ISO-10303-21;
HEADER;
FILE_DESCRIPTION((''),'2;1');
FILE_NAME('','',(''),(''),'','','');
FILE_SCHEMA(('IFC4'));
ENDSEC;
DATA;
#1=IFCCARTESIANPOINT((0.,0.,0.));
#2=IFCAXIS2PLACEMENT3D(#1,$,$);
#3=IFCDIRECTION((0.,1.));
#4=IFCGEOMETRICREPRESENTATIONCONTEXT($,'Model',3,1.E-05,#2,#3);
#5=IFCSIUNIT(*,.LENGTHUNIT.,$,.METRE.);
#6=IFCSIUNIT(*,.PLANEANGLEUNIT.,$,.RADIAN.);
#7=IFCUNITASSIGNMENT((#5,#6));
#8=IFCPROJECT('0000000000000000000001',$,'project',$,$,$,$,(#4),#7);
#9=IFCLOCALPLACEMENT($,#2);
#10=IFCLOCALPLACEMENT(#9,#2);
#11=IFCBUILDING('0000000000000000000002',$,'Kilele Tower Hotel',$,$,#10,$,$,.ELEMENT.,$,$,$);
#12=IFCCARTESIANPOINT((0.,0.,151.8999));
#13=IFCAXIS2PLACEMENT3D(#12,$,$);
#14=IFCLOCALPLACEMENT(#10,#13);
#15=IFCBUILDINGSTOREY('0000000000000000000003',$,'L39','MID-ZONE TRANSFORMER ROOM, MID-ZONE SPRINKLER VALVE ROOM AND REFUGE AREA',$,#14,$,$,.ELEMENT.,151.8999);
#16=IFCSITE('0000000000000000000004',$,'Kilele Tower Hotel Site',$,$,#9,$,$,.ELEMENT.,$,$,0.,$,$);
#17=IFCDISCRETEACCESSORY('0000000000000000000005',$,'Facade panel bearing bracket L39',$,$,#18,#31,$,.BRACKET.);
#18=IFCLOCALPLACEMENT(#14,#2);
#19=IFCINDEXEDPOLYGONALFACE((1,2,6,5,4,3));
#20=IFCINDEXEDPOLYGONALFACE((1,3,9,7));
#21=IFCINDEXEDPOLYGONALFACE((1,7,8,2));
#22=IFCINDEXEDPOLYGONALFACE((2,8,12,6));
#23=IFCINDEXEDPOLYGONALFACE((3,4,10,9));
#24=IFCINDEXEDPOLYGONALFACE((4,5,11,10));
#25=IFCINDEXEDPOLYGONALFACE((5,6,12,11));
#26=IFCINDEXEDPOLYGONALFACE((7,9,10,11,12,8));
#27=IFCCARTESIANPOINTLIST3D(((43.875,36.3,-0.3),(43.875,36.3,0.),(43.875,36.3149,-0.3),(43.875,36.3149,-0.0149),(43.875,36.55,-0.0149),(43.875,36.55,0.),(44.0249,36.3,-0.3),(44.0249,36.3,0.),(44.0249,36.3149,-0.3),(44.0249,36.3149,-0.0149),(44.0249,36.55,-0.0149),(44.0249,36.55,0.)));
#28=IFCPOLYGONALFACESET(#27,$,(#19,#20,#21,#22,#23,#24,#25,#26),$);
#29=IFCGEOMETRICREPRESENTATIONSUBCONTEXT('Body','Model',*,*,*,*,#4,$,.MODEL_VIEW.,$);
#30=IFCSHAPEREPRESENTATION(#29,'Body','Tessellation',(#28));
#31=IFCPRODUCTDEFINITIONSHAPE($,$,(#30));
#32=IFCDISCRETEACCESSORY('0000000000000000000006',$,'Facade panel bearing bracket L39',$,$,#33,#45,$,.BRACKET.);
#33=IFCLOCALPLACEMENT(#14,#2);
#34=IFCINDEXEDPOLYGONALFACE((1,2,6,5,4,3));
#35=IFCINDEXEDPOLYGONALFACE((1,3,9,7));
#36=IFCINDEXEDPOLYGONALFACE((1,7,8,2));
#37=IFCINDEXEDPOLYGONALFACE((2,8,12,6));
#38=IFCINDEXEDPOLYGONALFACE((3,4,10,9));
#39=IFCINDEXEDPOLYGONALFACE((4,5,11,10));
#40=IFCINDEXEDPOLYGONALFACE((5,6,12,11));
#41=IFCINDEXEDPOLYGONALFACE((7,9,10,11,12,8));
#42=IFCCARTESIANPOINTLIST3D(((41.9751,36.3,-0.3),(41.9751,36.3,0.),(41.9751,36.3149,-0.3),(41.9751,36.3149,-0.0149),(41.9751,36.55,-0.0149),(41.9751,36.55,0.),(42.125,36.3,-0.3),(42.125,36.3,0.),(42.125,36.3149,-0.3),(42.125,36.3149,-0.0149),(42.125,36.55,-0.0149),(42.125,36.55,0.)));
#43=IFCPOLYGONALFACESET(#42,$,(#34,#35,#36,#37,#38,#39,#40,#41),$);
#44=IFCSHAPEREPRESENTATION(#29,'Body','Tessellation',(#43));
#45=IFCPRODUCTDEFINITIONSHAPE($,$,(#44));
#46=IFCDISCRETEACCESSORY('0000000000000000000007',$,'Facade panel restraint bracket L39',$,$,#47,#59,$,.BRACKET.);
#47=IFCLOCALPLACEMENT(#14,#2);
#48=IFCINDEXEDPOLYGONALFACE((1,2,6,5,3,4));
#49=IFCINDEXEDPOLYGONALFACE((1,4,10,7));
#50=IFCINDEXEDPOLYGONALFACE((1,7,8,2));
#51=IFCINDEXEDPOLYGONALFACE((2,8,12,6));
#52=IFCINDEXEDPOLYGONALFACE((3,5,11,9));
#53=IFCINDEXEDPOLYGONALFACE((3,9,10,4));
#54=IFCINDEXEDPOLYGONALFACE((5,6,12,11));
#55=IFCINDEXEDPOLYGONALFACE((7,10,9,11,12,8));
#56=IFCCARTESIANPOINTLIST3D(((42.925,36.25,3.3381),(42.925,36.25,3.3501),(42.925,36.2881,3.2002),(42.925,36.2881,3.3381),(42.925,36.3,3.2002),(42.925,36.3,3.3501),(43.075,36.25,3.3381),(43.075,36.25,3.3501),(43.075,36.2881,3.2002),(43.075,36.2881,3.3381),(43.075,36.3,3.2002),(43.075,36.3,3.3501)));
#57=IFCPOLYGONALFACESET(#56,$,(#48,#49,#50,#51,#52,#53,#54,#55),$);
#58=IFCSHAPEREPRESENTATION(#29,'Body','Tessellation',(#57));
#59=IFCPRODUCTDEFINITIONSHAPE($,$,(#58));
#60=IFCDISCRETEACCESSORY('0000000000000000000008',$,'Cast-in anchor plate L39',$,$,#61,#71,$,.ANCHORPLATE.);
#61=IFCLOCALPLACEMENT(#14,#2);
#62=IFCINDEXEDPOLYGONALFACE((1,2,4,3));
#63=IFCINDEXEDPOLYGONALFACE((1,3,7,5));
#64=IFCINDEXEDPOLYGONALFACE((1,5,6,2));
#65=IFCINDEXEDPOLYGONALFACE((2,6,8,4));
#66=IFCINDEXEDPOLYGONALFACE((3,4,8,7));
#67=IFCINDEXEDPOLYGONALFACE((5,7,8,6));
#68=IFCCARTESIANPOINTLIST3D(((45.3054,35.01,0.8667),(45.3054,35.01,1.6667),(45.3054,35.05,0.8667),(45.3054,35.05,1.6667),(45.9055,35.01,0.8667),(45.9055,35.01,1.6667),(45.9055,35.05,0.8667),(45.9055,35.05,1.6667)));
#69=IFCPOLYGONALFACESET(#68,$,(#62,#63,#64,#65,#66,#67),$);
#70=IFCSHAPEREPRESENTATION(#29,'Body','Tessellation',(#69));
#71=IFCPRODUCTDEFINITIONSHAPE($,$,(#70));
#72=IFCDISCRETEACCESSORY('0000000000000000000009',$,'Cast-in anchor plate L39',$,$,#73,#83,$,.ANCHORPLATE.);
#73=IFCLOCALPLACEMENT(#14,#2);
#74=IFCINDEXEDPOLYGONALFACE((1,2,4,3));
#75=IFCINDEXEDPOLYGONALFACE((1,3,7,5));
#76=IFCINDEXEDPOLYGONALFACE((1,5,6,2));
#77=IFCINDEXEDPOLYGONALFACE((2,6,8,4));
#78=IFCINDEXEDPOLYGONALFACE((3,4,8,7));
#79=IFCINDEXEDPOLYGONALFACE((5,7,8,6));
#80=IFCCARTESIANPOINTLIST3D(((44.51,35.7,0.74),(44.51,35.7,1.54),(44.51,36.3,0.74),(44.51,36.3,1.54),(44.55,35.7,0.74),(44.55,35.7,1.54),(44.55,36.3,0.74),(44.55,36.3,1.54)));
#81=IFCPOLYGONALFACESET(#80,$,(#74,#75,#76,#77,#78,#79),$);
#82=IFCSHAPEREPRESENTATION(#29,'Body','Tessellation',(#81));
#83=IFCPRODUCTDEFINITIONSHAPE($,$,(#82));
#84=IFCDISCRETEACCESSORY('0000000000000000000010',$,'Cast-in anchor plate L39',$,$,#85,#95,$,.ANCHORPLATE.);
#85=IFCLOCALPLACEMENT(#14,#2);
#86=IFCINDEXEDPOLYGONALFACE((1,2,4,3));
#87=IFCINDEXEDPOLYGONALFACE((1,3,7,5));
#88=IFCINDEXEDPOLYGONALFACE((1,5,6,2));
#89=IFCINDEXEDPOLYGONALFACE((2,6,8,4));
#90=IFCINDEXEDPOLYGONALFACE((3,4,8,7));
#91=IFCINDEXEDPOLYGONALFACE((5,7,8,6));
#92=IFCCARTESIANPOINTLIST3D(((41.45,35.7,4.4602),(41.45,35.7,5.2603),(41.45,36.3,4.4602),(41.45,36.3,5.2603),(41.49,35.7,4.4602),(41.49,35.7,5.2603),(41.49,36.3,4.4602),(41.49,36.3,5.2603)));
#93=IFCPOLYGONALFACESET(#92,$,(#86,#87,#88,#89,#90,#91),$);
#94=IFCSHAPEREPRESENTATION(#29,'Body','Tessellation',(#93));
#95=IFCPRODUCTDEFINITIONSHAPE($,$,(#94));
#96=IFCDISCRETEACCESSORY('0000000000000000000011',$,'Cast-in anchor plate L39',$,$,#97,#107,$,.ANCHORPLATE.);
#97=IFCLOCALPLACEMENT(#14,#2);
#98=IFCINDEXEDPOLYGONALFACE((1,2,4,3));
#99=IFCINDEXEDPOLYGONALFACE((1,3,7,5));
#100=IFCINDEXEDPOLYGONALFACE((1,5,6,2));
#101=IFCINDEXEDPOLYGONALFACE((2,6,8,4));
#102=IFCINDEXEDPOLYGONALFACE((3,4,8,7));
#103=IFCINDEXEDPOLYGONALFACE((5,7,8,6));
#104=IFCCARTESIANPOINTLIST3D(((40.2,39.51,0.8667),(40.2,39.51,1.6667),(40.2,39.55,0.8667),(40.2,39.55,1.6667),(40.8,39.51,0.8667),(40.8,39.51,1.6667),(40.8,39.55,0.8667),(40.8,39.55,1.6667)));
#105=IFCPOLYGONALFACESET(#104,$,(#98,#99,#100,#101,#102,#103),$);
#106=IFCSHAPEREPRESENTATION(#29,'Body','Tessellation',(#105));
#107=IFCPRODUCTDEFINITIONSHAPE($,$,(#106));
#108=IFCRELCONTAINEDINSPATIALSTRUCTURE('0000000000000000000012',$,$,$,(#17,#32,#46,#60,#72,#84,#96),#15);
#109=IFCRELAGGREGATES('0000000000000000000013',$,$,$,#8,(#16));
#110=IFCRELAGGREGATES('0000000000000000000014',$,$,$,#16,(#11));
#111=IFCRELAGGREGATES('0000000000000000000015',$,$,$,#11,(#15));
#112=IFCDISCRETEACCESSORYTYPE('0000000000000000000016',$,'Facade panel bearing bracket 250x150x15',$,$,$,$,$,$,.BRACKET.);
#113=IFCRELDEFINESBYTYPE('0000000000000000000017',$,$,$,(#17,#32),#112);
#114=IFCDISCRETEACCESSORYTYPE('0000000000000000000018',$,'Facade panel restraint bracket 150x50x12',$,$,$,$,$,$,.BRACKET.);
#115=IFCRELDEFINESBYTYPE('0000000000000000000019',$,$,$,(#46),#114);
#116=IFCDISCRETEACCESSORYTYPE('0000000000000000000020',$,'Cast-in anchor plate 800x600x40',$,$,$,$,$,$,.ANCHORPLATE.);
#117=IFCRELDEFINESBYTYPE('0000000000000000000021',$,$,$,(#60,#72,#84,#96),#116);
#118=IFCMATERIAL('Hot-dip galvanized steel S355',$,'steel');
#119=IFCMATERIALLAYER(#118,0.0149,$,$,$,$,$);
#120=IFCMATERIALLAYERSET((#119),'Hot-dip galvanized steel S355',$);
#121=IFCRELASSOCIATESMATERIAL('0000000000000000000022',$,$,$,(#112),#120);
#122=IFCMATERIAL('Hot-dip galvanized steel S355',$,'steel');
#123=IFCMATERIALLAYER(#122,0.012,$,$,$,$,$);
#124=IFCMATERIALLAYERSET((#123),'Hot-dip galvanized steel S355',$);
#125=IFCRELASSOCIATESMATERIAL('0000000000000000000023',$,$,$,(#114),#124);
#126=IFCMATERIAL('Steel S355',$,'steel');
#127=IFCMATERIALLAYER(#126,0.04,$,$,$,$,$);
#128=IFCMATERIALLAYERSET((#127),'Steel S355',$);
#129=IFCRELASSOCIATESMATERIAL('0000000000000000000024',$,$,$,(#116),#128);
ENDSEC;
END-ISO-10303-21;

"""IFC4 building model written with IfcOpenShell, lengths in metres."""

from ifc_helpers import new_model, si_unit, direction, frame, origin, place, context, subcontext, project, spatial, polyline, outline, extrude, source, transform, mapped, material, layer, layer_set, type_object, element, save


model = new_model("IFC4")

# Units and contexts
model_context = context("Model", 3, precision=1e-05, world=origin(), true_north=direction((0.0, 1.0)))
body_context = subcontext(model_context, "Body", "Model", "MODEL_VIEW")
ifc_project = project(units=[si_unit("LENGTHUNIT", "METRE"), si_unit("PLANEANGLEUNIT", "RADIAN")], contexts=[model_context])

# Site, building, storey
site_placement = place(None, origin())
site = spatial("IfcSite", under=ifc_project, at=site_placement, Name="Kilele Tower Hotel Site", CompositionType="ELEMENT", RefElevation=0.0)
building_placement = place(site_placement, origin())
building = spatial("IfcBuilding", under=site, at=building_placement, Name="Kilele Tower Hotel", CompositionType="ELEMENT")
storey_placement = place(building_placement, frame((0.0, 0.0, 151.8999)))
storey = spatial("IfcBuildingStorey", under=building, at=storey_placement, Name="L39", Description="MID-ZONE TRANSFORMER ROOM, MID-ZONE SPRINKLER VALVE ROOM AND REFUGE AREA", CompositionType="ELEMENT", Elevation=151.8999)

# Discrete accessories
ifc_material_1 = material(Name="Hot-dip galvanized steel S355", Category="steel")
ifc_layer_1 = layer(ifc_material_1, 0.0149)
ifc_layer_set_1 = layer_set([ifc_layer_1], Name="Hot-dip galvanized steel S355")
discrete_accessory_type_1 = type_object("IfcDiscreteAccessoryType", Name="Facade panel bearing bracket 250x150x15", PredefinedType="BRACKET", material=ifc_layer_set_1)
shared_shape_1 = source(origin(), body_context, "Body", "SweptSolid", [
    extrude(outline(polyline([(0.0, 0.0), (0.25, 0.0), (0.25, -0.0149), (0.0149, -0.0149), (0.0149, -0.3), (0.0, -0.3), (0.0, 0.0)])), origin(), (0.0, 0.0, 1.0), 0.1499),
])
for number, where, z_axis, x_axis, name in (
    (1, (43.875, 36.3, 0.0), (1.0, 0.0, 0.0), (0.0, 1.0, 0.0), "Facade panel bearing bracket L39"),
    (2, (41.9751, 36.3, 0.0), (1.0, 0.0, 0.0), (0.0, 1.0, 0.0), "Facade panel bearing bracket L39"),
):
    element("IfcDiscreteAccessory", number, at=place(storey_placement, frame(where, z_axis=z_axis, x_axis=x_axis)), inside=storey, type_object=discrete_accessory_type_1, Name=name, PredefinedType="BRACKET", context=body_context, shape_type="MappedRepresentation", body=[
        mapped(shared_shape_1, transform((0.0, 0.0, 0.0))),
    ])
ifc_material_2 = material(Name="Hot-dip galvanized steel S355", Category="steel")
ifc_layer_2 = layer(ifc_material_2, 0.012)
ifc_layer_set_2 = layer_set([ifc_layer_2], Name="Hot-dip galvanized steel S355")
discrete_accessory_type_2 = type_object("IfcDiscreteAccessoryType", Name="Facade panel restraint bracket 150x50x12", PredefinedType="BRACKET", material=ifc_layer_set_2)
shared_shape_2 = source(origin(), body_context, "Body", "SweptSolid", [
    extrude(outline(polyline([(0.0, 0.0), (0.0, -0.1499), (-0.012, -0.1499), (-0.012, -0.012), (-0.05, -0.012), (-0.05, 0.0), (0.0, 0.0)])), origin(), (0.0, 0.0, 1.0), 0.1499),
])
discrete_accessory_placement = place(storey_placement, frame((42.925, 36.3, 3.3501), z_axis=(1.0, 0.0, 0.0), x_axis=(0.0, 1.0, 0.0)))
element("IfcDiscreteAccessory", 3, at=discrete_accessory_placement, inside=storey, type_object=discrete_accessory_type_2, Name="Facade panel restraint bracket L39", PredefinedType="BRACKET", context=body_context, shape_type="MappedRepresentation", body=[
    mapped(shared_shape_2, transform((0.0, 0.0, 0.0))),
])
ifc_material_3 = material(Name="Steel S355", Category="steel")
ifc_layer_3 = layer(ifc_material_3, 0.04)
ifc_layer_set_3 = layer_set([ifc_layer_3], Name="Steel S355")
discrete_accessory_type_3 = type_object("IfcDiscreteAccessoryType", Name="Cast-in anchor plate 800x600x40", PredefinedType="ANCHORPLATE", material=ifc_layer_set_3)
shared_shape_3 = source(origin(), body_context, "Body", "SweptSolid", [
    extrude(outline(polyline([(0.0, 0.0), (0.04, 0.0), (0.04, 0.8), (0.0, 0.8), (0.0, 0.0)])), origin(), (0.0, 0.0, 1.0), 0.6001),
])
for number, where, z_axis, x_axis, name in (
    (4, (45.9055, 35.05, 0.8667), (-1.0, 0.0, 0.0), (0.0, -1.0, 0.0), "Cast-in anchor plate L39"),
    (5, (44.55, 35.7, 0.74), (0.0, 1.0, 0.0), (-1.0, 0.0, 0.0), "Cast-in anchor plate L39"),
    (6, (41.45, 36.3, 4.4602), (0.0, -1.0, 0.0), (1.0, 0.0, 0.0), "Cast-in anchor plate L39"),
    (7, (40.8, 39.55, 0.8667), (-1.0, 0.0, 0.0), (0.0, -1.0, 0.0), "Cast-in anchor plate L39"),
):
    element("IfcDiscreteAccessory", number, at=place(storey_placement, frame(where, z_axis=z_axis, x_axis=x_axis)), inside=storey, type_object=discrete_accessory_type_3, Name=name, PredefinedType="ANCHORPLATE", context=body_context, shape_type="MappedRepresentation", body=[
        mapped(shared_shape_3, transform((0.0, 0.0, 0.0))),
    ])

save(model, "model.ifc")
